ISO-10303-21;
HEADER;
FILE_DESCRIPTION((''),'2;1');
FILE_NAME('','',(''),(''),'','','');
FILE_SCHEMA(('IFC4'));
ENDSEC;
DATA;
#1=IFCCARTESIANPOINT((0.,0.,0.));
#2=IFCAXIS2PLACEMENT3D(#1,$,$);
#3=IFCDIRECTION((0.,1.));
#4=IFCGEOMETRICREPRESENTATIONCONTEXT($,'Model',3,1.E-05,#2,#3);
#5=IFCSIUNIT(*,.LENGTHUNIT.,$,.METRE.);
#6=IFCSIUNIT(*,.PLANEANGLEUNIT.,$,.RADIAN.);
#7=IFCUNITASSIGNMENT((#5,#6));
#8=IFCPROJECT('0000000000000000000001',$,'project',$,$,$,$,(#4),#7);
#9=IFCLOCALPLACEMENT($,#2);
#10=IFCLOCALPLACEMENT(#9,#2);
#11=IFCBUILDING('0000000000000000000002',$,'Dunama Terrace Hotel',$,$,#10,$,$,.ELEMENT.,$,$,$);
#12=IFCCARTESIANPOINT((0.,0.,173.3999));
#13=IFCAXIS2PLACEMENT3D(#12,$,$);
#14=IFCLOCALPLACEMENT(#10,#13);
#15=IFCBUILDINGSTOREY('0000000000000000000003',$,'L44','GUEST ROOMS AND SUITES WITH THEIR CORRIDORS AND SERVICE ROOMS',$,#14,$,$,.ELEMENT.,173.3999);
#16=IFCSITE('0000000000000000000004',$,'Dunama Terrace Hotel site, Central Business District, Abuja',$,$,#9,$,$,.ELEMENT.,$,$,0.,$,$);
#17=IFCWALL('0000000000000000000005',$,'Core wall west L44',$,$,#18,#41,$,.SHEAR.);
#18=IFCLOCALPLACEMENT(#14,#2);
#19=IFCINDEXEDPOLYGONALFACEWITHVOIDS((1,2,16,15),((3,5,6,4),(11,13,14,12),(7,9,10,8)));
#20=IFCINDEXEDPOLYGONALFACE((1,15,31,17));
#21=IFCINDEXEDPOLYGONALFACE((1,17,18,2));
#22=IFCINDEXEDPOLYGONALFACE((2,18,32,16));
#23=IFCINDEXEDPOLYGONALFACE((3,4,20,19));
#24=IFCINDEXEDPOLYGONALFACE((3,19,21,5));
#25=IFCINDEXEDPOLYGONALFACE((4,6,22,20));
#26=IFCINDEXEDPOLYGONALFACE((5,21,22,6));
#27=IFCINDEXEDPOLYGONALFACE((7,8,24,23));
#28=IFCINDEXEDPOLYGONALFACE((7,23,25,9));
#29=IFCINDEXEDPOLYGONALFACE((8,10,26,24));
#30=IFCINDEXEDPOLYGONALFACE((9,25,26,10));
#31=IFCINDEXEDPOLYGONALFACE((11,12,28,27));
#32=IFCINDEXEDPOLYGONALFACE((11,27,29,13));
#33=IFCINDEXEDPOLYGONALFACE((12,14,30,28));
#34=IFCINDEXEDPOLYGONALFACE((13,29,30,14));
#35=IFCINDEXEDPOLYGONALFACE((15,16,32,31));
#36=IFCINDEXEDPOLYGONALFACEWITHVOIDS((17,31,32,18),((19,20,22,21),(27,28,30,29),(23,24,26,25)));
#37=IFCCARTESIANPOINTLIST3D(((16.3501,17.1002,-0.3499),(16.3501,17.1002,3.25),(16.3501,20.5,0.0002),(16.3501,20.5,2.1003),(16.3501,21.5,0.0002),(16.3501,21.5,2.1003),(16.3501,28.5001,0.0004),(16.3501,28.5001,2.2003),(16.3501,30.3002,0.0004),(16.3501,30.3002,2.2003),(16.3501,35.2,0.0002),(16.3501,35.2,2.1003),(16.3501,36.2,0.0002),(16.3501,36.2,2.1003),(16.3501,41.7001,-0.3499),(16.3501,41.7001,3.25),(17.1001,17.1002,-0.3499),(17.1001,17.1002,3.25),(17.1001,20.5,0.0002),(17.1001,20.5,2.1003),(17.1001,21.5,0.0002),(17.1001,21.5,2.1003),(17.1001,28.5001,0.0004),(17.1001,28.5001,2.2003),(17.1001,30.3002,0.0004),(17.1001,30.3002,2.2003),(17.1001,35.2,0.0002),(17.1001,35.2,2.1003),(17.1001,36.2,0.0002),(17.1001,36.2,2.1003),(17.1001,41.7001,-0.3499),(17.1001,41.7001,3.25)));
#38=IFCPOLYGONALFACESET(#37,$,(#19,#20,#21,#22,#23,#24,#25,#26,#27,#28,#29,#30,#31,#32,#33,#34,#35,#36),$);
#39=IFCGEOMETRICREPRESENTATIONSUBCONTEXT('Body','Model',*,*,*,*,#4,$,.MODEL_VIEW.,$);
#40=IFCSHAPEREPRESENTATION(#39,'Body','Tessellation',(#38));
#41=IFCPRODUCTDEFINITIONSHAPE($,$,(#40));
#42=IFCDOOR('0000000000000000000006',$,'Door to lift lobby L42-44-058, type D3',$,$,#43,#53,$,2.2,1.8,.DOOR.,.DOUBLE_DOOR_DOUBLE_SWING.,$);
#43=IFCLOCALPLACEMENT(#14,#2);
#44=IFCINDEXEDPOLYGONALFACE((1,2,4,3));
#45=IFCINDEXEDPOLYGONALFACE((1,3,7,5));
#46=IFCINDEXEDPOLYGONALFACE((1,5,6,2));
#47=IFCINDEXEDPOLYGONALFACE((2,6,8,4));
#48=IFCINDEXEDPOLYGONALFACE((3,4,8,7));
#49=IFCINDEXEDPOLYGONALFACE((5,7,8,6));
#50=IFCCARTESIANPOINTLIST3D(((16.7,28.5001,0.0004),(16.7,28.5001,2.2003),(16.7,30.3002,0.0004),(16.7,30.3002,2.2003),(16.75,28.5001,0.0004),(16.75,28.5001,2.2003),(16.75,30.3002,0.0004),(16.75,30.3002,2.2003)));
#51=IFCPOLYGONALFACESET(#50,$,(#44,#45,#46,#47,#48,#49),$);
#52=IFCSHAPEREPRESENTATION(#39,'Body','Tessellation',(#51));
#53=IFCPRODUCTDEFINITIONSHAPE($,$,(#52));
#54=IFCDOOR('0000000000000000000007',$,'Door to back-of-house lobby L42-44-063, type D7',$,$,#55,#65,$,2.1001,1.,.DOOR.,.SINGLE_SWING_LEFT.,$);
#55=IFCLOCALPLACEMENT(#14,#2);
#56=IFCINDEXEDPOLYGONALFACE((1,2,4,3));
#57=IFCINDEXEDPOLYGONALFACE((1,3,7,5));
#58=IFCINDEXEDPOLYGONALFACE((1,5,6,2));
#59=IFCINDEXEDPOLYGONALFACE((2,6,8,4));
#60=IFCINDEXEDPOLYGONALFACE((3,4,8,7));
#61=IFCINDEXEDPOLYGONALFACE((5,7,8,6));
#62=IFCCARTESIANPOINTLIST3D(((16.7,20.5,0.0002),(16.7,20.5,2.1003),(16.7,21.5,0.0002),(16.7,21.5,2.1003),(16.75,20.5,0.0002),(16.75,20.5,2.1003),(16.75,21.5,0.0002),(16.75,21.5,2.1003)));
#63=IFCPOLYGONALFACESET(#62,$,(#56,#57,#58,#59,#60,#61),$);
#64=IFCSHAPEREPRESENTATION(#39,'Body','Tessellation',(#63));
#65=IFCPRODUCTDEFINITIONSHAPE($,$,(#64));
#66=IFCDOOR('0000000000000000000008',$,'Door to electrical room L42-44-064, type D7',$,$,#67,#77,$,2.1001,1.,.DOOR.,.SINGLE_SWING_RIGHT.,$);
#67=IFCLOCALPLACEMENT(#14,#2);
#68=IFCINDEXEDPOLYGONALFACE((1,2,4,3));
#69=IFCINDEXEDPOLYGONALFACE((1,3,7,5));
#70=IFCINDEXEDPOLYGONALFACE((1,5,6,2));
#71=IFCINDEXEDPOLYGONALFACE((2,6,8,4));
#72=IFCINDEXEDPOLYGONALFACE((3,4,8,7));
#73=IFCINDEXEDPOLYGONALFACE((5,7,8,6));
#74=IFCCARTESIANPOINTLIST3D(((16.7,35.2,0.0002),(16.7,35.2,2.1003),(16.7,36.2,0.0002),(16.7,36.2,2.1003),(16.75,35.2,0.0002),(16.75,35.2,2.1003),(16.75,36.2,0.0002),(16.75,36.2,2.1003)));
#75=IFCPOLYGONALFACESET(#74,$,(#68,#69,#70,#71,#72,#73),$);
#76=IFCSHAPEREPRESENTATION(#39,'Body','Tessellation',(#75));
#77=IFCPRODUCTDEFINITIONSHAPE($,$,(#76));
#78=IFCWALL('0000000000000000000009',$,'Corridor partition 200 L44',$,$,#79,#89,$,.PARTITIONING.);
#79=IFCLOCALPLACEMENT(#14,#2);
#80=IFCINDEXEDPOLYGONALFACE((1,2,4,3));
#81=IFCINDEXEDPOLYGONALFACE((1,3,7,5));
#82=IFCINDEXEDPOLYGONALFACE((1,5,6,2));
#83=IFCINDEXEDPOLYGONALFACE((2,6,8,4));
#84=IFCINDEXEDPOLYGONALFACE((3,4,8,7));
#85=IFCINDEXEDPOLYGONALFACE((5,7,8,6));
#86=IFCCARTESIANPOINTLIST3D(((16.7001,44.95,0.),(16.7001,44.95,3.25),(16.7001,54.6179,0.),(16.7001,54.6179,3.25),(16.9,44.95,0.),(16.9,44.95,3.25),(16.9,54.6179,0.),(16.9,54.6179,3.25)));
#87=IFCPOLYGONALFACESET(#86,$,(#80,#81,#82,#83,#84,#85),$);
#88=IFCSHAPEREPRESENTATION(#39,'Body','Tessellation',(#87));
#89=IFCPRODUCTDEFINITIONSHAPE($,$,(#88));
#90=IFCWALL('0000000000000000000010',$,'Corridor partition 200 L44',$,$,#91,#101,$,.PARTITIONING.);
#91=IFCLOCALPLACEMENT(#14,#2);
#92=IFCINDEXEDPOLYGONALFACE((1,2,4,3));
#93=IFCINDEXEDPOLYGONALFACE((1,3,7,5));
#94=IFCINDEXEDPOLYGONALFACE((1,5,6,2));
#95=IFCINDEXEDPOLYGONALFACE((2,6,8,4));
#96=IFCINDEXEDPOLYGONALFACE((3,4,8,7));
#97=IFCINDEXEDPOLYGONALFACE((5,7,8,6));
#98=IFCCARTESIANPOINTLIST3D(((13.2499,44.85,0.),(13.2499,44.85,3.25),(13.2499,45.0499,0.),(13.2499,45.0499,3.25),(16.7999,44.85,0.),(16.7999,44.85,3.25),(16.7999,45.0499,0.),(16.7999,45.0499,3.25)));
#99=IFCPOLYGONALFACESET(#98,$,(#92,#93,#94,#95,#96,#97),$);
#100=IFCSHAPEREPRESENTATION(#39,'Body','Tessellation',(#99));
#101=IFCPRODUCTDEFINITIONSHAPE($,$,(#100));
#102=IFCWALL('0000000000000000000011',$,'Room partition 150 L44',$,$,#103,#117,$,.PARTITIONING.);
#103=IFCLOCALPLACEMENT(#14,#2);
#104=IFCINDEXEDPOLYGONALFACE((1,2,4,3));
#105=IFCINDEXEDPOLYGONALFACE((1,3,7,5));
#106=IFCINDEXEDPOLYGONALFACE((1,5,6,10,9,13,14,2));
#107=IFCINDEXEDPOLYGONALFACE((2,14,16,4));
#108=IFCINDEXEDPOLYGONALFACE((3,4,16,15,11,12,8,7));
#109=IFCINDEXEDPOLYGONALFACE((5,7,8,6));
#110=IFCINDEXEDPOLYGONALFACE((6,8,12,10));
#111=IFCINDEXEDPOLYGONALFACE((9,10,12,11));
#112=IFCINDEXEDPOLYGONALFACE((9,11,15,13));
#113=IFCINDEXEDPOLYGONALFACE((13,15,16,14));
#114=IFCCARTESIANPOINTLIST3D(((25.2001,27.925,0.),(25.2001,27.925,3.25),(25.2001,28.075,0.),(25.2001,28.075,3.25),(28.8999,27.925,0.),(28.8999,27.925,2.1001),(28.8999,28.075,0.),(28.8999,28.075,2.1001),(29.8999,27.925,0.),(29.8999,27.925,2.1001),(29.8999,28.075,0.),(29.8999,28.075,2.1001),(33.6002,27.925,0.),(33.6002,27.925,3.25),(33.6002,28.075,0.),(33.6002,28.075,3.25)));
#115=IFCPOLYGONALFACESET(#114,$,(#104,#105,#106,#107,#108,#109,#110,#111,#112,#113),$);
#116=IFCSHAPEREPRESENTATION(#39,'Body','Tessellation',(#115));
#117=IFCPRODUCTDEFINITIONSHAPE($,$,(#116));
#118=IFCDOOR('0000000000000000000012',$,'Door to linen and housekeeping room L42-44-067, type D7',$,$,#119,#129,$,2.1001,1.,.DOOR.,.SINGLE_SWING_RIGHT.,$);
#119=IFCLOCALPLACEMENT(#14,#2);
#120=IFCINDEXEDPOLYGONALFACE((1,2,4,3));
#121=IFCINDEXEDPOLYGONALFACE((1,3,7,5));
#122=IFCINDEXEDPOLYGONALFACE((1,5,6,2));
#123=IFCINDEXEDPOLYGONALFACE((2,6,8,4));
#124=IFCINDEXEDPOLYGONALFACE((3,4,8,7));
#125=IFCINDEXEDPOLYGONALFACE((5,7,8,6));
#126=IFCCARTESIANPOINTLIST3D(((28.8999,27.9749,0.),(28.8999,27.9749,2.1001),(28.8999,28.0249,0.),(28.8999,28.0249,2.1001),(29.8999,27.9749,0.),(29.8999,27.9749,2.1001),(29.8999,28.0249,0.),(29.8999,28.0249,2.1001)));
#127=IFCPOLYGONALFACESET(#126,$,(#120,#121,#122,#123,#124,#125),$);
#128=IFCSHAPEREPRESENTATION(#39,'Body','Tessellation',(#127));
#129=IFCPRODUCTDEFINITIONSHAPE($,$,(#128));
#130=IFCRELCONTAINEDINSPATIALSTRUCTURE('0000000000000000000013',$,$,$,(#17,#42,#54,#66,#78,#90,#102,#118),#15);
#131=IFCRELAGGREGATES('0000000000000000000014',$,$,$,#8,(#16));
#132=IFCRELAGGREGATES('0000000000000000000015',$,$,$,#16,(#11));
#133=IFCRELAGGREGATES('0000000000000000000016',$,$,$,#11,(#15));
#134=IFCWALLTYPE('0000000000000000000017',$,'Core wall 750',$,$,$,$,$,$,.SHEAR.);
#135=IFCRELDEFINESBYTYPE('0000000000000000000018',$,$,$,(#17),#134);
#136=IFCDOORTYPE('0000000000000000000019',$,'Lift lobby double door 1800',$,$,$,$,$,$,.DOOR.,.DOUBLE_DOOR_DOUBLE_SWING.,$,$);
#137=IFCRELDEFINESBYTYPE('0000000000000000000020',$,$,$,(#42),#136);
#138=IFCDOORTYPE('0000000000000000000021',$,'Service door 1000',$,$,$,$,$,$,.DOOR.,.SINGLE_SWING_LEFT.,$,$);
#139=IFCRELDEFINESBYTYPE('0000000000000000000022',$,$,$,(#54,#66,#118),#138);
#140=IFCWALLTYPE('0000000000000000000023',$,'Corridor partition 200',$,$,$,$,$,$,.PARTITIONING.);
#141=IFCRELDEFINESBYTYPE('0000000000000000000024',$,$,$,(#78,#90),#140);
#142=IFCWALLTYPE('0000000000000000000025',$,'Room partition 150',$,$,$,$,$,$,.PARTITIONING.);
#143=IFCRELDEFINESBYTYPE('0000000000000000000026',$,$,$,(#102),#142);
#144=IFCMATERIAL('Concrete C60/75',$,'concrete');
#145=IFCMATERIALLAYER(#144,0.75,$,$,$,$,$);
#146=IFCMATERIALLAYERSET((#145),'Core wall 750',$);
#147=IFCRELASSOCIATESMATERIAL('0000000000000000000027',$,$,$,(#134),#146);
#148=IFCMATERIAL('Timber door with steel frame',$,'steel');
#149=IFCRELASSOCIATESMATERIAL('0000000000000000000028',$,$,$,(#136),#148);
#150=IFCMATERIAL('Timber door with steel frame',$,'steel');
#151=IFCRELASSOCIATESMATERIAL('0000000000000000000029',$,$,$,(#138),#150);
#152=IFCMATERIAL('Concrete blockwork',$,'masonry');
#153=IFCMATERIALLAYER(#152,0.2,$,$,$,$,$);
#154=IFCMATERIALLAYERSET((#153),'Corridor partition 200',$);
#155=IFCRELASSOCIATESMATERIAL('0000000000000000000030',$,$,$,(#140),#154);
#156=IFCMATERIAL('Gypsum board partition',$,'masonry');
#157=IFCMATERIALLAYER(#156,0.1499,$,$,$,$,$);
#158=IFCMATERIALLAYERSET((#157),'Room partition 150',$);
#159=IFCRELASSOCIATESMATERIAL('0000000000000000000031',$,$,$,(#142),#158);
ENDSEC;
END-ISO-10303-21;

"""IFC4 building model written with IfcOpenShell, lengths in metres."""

from ifc_helpers import new_model, si_unit, direction, frame, frame_2d, origin, place, context, subcontext, project, spatial, rectangle, extrude, material, layer, layer_set, type_object, element, fill, save


model = new_model("IFC4")

# Units and contexts
model_context = context("Model", 3, precision=1e-05, world=origin(), true_north=direction((0.0, 1.0)))
body_context = subcontext(model_context, "Body", "Model", "MODEL_VIEW")
ifc_project = project(units=[si_unit("LENGTHUNIT", "METRE"), si_unit("PLANEANGLEUNIT", "RADIAN")], contexts=[model_context])

# Site, building, storey
site_placement = place(None, origin())
site = spatial("IfcSite", under=ifc_project, at=site_placement, Name="Dunama Terrace Hotel site, Central Business District, Abuja", CompositionType="ELEMENT", RefElevation=0.0)
building_placement = place(site_placement, origin())
building = spatial("IfcBuilding", under=site, at=building_placement, Name="Dunama Terrace Hotel", CompositionType="ELEMENT")
storey_placement = place(building_placement, frame((0.0, 0.0, 173.3999)))
storey = spatial("IfcBuildingStorey", under=building, at=storey_placement, Name="L44", Description="GUEST ROOMS AND SUITES WITH THEIR CORRIDORS AND SERVICE ROOMS", CompositionType="ELEMENT", Elevation=173.3999)

# Wall, openings, doors
ifc_material_1 = material(Name="Concrete C60/75", Category="concrete")
ifc_layer_1 = layer(ifc_material_1, 0.75)
ifc_layer_set_1 = layer_set([ifc_layer_1], Name="Core wall 750")
wall_type_1 = type_object("IfcWallType", Name="Core wall 750", PredefinedType="SHEAR", material=ifc_layer_set_1)
wall_1_placement = place(storey_placement, frame((16.7251, 41.7, -0.3499), z_axis=(0.0, 0.0, 1.0), x_axis=(0.0, -1.0, 0.0)))
wall_1 = element("IfcWall", 1, at=wall_1_placement, inside=storey, type_object=wall_type_1, Name="Core wall west L44", PredefinedType="SHEAR", context=body_context, shape_type="SweptSolid", body=[
    extrude(rectangle(XDim=24.5999, YDim=0.75, at=frame_2d((12.2998, 0.0))), origin(), (0.0, 0.0, 1.0), 3.5999),
])
opening_1_placement = place(wall_1_placement, frame((11.3999, 0.0, 0.3501)))
opening_1 = element("IfcOpeningElement", 2, at=opening_1_placement, cuts=wall_1, PredefinedType="OPENING", context=body_context, shape_type="SweptSolid", body=[
    extrude(rectangle(XDim=1.8, YDim=2.2, at=frame_2d((0.8999, 1.1001))), frame((0.0, 0.385, 0.0), z_axis=(0.0, -1.0, 0.0), x_axis=(1.0, 0.0, 0.0)), (0.0, 0.0, 1.0), 0.77),
])
opening_2_placement = place(wall_1_placement, frame((20.2, 0.0, 0.3501)))
opening_2 = element("IfcOpeningElement", 3, at=opening_2_placement, cuts=wall_1, PredefinedType="OPENING", context=body_context, shape_type="SweptSolid", body=[
    extrude(rectangle(XDim=1.0, YDim=2.1001, at=frame_2d((0.5, 1.05))), frame((0.0, 0.385, 0.0), z_axis=(0.0, -1.0, 0.0), x_axis=(1.0, 0.0, 0.0)), (0.0, 0.0, 1.0), 0.77),
])
opening_3_placement = place(wall_1_placement, frame((5.5, 0.0, 0.3501)))
opening_3 = element("IfcOpeningElement", 4, at=opening_3_placement, cuts=wall_1, PredefinedType="OPENING", context=body_context, shape_type="SweptSolid", body=[
    extrude(rectangle(XDim=1.0, YDim=2.1001, at=frame_2d((0.5, 1.05))), frame((0.0, 0.385, 0.0), z_axis=(0.0, -1.0, 0.0), x_axis=(1.0, 0.0, 0.0)), (0.0, 0.0, 1.0), 0.77),
])
ifc_material_2 = material(Name="Timber door with steel frame", Category="steel")
door_type_1 = type_object("IfcDoorType", Name="Lift lobby double door 1800", OperationType="DOUBLE_DOOR_DOUBLE_SWING", PredefinedType="DOOR", material=ifc_material_2)
door_1_placement = place(opening_1_placement, origin())
door_1 = element("IfcDoor", 5, at=door_1_placement, inside=storey, type_object=door_type_1, Name="Door to lift lobby L42-44-058, type D3", OperationType="DOUBLE_DOOR_DOUBLE_SWING", OverallHeight=2.2, OverallWidth=1.8, PredefinedType="DOOR", context=body_context, shape_type="SweptSolid", body=[
    extrude(rectangle(XDim=1.8, YDim=2.2, at=frame_2d((0.8999, 1.1001))), frame((0.0, 0.0249, 0.0), z_axis=(0.0, -1.0, 0.0), x_axis=(1.0, 0.0, 0.0)), (0.0, 0.0, 1.0), 0.05),
])
fill(opening_1, door_1)
ifc_material_3 = material(Name="Timber door with steel frame", Category="steel")
door_type_2 = type_object("IfcDoorType", Name="Service door 1000", OperationType="SINGLE_SWING_LEFT", PredefinedType="DOOR", material=ifc_material_3)
door_2_placement = place(opening_2_placement, origin())
door_2 = element("IfcDoor", 6, at=door_2_placement, inside=storey, type_object=door_type_2, Name="Door to back-of-house lobby L42-44-063, type D7", OperationType="SINGLE_SWING_LEFT", OverallHeight=2.1001, OverallWidth=1.0, PredefinedType="DOOR", context=body_context, shape_type="SweptSolid", body=[
    extrude(rectangle(XDim=1.0, YDim=2.1001, at=frame_2d((0.5, 1.05))), frame((0.0, 0.0249, 0.0), z_axis=(0.0, -1.0, 0.0), x_axis=(1.0, 0.0, 0.0)), (0.0, 0.0, 1.0), 0.05),
])
fill(opening_2, door_2)
door_3_placement = place(opening_3_placement, origin())
door_3 = element("IfcDoor", 7, at=door_3_placement, inside=storey, type_object=door_type_2, Name="Door to electrical room L42-44-064, type D7", OperationType="SINGLE_SWING_RIGHT", OverallHeight=2.1001, OverallWidth=1.0, PredefinedType="DOOR", context=body_context, shape_type="SweptSolid", body=[
    extrude(rectangle(XDim=1.0, YDim=2.1001, at=frame_2d((0.5, 1.05))), frame((0.0, 0.0249, 0.0), z_axis=(0.0, -1.0, 0.0), x_axis=(1.0, 0.0, 0.0)), (0.0, 0.0, 1.0), 0.05),
])
fill(opening_3, door_3)

# Walls
ifc_material_4 = material(Name="Concrete blockwork", Category="masonry")
ifc_layer_2 = layer(ifc_material_4, 0.2)
ifc_layer_set_2 = layer_set([ifc_layer_2], Name="Corridor partition 200")
wall_type_2 = type_object("IfcWallType", Name="Corridor partition 200", PredefinedType="PARTITIONING", material=ifc_layer_set_2)
wall_2_placement = place(storey_placement, frame((16.8, 44.95, 0.0), z_axis=(0.0, 0.0, 1.0), x_axis=(0.0, 1.0, 0.0)))
element("IfcWall", 8, at=wall_2_placement, inside=storey, type_object=wall_type_2, Name="Corridor partition 200 L44", PredefinedType="PARTITIONING", context=body_context, shape_type="SweptSolid", body=[
    extrude(rectangle(XDim=9.668, YDim=0.2, at=frame_2d((4.834, 0.0))), origin(), (0.0, 0.0, 1.0), 3.25),
])
wall_3_placement = place(storey_placement, frame((13.25, 44.95, 0.0), z_axis=(0.0, 0.0, 1.0), x_axis=(1.0, 0.0, 0.0)))
element("IfcWall", 9, at=wall_3_placement, inside=storey, type_object=wall_type_2, Name="Corridor partition 200 L44", PredefinedType="PARTITIONING", context=body_context, shape_type="SweptSolid", body=[
    extrude(rectangle(XDim=3.55, YDim=0.2, at=frame_2d((1.7749, 0.0))), origin(), (0.0, 0.0, 1.0), 3.25),
])

# Wall, opening, door
ifc_material_5 = material(Name="Gypsum board partition", Category="masonry")
ifc_layer_3 = layer(ifc_material_5, 0.1499)
ifc_layer_set_3 = layer_set([ifc_layer_3], Name="Room partition 150")
wall_type_3 = type_object("IfcWallType", Name="Room partition 150", PredefinedType="PARTITIONING", material=ifc_layer_set_3)
wall_4_placement = place(storey_placement, frame((25.2, 28.0, 0.0), z_axis=(0.0, 0.0, 1.0), x_axis=(1.0, 0.0, 0.0)))
wall_4 = element("IfcWall", 10, at=wall_4_placement, inside=storey, type_object=wall_type_3, Name="Room partition 150 L44", PredefinedType="PARTITIONING", context=body_context, shape_type="SweptSolid", body=[
    extrude(rectangle(XDim=8.4001, YDim=0.1499, at=frame_2d((4.2002, 0.0))), origin(), (0.0, 0.0, 1.0), 3.25),
])
opening_4_placement = place(wall_4_placement, frame((3.7, 0.0, 0.0)))
opening_4 = element("IfcOpeningElement", 11, at=opening_4_placement, cuts=wall_4, PredefinedType="OPENING", context=body_context, shape_type="SweptSolid", body=[
    extrude(rectangle(XDim=1.0, YDim=2.1001, at=frame_2d((0.5, 1.05))), frame((0.0, 0.085, 0.0), z_axis=(0.0, -1.0, 0.0), x_axis=(1.0, 0.0, 0.0)), (0.0, 0.0, 1.0), 0.1699),
])
door_4_placement = place(opening_4_placement, frame((1.0, 0.0, 0.0), z_axis=(0.0, 0.0, 1.0), x_axis=(-1.0, 0.0, 0.0)))
door_4 = element("IfcDoor", 12, at=door_4_placement, inside=storey, type_object=door_type_2, Name="Door to linen and housekeeping room L42-44-067, type D7", OperationType="SINGLE_SWING_RIGHT", OverallHeight=2.1001, OverallWidth=1.0, PredefinedType="DOOR", context=body_context, shape_type="SweptSolid", body=[
    extrude(rectangle(XDim=1.0, YDim=2.1001, at=frame_2d((0.5, 1.05))), frame((0.0, 0.0251, 0.0), z_axis=(0.0, -1.0, 0.0), x_axis=(1.0, 0.0, 0.0)), (0.0, 0.0, 1.0), 0.05),
])
fill(opening_4, door_4)

save(model, "model.ifc")
